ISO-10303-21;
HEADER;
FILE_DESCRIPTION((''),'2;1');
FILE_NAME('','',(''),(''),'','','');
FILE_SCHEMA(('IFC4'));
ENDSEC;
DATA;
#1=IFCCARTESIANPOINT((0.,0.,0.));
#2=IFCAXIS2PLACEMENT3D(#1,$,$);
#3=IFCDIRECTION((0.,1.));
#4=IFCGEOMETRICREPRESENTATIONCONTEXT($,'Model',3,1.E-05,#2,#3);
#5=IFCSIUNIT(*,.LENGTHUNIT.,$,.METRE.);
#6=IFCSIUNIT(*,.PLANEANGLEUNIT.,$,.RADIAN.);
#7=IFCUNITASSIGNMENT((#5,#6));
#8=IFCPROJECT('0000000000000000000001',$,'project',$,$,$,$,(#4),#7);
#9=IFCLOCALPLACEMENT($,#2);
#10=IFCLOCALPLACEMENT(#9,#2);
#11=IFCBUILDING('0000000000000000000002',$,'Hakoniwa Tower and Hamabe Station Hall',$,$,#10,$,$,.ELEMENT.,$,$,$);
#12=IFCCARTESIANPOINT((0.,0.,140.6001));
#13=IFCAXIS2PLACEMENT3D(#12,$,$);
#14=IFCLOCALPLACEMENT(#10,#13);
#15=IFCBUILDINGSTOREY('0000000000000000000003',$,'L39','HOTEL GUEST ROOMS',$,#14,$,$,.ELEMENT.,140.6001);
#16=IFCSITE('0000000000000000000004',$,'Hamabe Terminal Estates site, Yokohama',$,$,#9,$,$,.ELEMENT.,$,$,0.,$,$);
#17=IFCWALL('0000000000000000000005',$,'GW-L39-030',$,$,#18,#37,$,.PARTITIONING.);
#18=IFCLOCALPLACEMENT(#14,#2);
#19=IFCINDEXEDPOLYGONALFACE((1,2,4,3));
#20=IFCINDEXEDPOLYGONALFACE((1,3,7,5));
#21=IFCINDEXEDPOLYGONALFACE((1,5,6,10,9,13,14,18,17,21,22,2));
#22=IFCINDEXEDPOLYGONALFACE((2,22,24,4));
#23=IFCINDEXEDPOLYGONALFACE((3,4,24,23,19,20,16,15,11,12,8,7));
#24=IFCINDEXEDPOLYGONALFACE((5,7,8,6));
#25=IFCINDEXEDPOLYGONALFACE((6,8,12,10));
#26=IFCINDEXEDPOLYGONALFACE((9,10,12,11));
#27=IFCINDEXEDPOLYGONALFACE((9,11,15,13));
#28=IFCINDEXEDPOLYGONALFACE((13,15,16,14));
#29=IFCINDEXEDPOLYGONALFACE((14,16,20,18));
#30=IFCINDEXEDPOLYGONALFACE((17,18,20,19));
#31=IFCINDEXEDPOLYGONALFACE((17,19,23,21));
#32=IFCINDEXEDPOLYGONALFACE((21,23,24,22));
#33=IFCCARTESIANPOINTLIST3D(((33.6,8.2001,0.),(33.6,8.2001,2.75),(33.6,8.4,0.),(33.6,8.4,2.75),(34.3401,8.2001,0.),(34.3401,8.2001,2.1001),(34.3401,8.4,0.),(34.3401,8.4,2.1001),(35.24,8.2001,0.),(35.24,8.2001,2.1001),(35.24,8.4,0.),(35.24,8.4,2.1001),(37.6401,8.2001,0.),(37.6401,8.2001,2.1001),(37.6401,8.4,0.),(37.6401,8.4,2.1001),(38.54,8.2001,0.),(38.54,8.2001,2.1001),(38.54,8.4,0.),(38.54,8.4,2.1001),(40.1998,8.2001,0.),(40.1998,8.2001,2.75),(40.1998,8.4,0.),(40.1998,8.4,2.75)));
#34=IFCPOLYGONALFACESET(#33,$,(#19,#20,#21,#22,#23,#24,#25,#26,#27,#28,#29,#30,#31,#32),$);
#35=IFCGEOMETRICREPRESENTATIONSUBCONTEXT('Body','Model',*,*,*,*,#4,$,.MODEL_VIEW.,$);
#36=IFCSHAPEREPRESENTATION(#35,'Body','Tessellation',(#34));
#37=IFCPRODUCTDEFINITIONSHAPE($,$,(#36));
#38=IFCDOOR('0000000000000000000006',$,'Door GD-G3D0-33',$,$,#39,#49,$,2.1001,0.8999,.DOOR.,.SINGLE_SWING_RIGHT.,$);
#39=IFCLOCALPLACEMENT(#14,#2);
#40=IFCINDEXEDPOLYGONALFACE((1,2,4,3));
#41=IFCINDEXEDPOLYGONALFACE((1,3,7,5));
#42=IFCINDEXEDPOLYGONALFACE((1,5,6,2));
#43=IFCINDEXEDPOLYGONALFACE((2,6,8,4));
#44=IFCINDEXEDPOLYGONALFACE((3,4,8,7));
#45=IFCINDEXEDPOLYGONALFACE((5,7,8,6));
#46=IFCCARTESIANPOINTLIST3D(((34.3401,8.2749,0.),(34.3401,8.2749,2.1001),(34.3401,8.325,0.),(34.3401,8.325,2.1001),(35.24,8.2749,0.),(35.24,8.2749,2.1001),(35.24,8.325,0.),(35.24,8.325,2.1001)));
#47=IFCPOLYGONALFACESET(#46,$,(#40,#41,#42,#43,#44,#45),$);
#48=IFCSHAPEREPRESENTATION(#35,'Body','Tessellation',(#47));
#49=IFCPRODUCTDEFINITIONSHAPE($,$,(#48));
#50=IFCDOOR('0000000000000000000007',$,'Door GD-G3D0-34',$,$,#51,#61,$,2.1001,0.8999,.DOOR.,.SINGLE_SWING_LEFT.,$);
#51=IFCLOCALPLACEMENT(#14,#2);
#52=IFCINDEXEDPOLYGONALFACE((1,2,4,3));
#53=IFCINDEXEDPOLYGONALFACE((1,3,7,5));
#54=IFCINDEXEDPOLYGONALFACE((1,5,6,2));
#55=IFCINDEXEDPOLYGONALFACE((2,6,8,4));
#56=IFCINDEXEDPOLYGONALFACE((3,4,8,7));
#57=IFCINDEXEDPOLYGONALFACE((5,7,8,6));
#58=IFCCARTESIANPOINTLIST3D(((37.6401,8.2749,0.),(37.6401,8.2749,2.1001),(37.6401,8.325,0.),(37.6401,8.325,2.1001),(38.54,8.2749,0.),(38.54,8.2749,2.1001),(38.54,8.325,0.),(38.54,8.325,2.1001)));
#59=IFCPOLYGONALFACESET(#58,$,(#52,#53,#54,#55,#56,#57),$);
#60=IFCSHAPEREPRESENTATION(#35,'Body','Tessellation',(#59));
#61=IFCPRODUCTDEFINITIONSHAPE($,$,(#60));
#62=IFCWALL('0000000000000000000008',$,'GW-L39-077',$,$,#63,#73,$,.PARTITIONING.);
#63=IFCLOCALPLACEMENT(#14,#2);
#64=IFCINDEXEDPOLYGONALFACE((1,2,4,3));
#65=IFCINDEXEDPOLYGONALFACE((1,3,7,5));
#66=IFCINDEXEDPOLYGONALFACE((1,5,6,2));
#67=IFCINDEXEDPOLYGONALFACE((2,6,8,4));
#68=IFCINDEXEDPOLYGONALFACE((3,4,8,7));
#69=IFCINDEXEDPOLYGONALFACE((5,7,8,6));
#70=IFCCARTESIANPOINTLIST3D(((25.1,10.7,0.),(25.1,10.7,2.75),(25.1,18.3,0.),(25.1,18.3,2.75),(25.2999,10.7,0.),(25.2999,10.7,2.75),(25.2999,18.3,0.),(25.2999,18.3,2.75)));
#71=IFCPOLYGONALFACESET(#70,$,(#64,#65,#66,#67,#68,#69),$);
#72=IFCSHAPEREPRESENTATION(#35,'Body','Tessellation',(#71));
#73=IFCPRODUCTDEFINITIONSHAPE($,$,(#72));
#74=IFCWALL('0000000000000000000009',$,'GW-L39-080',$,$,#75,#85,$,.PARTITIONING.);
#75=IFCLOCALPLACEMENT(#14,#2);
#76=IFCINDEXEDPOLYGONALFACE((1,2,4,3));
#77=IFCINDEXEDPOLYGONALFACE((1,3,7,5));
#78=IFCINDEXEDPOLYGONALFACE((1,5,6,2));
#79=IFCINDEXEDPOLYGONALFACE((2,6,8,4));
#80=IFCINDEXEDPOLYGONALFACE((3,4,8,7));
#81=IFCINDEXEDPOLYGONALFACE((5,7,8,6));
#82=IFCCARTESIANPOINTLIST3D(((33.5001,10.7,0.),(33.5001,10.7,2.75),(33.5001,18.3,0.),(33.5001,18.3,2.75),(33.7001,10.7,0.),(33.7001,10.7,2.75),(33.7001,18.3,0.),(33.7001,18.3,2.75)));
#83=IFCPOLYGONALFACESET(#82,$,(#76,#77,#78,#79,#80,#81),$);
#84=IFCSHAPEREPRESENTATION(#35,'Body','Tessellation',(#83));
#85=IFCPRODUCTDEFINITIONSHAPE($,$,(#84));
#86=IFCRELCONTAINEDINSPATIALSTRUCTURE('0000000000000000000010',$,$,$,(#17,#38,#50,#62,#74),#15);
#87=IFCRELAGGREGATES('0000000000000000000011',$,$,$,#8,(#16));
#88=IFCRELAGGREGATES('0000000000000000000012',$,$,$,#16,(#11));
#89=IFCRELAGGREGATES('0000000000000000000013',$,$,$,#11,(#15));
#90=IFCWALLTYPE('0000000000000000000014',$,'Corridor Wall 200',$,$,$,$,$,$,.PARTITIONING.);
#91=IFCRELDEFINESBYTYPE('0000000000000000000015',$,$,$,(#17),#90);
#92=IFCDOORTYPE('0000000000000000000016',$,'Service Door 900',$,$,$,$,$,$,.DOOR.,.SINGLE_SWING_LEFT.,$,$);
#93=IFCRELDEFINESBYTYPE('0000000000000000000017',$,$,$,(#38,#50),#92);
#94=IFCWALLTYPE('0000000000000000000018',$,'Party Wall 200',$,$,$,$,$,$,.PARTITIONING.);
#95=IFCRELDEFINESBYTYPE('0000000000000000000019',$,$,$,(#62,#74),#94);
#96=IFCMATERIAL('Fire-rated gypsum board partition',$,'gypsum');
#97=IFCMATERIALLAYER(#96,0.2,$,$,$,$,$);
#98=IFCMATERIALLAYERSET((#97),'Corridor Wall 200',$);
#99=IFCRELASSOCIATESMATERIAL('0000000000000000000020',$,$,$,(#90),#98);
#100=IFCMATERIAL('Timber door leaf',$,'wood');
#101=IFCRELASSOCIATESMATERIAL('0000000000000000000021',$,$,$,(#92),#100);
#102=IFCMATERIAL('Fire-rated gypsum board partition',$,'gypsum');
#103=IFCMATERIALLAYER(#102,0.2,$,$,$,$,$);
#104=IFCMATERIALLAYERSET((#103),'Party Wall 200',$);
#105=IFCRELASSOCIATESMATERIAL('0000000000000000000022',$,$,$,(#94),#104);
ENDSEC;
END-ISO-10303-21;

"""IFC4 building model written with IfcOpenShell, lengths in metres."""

from ifc_helpers import new_model, si_unit, direction, frame, frame_2d, origin, place, context, subcontext, project, spatial, rectangle, extrude, material, layer, layer_set, type_object, element, fill, save


model = new_model("IFC4")

# Units and contexts
model_context = context("Model", 3, precision=1e-05, world=origin(), true_north=direction((0.0, 1.0)))
body_context = subcontext(model_context, "Body", "Model", "MODEL_VIEW")
ifc_project = project(units=[si_unit("LENGTHUNIT", "METRE"), si_unit("PLANEANGLEUNIT", "RADIAN")], contexts=[model_context])

# Site, building, storey
site_placement = place(None, origin())
site = spatial("IfcSite", under=ifc_project, at=site_placement, Name="Hamabe Terminal Estates site, Yokohama", CompositionType="ELEMENT", RefElevation=0.0)
building_placement = place(site_placement, origin())
building = spatial("IfcBuilding", under=site, at=building_placement, Name="Hakoniwa Tower and Hamabe Station Hall", CompositionType="ELEMENT")
storey_placement = place(building_placement, frame((0.0, 0.0, 140.6001)))
storey = spatial("IfcBuildingStorey", under=building, at=storey_placement, Name="L39", Description="HOTEL GUEST ROOMS", CompositionType="ELEMENT", Elevation=140.6001)

# Wall, openings, doors
ifc_material_1 = material(Name="Fire-rated gypsum board partition", Category="gypsum")
ifc_layer_1 = layer(ifc_material_1, 0.2)
ifc_layer_set_1 = layer_set([ifc_layer_1], Name="Corridor Wall 200")
wall_type_1 = type_object("IfcWallType", Name="Corridor Wall 200", PredefinedType="PARTITIONING", material=ifc_layer_set_1)
wall_1_placement = place(storey_placement, frame((33.6001, 8.3, 0.0), z_axis=(0.0, 0.0, 1.0), x_axis=(1.0, 0.0, 0.0)))
wall_1 = element("IfcWall", 1, at=wall_1_placement, inside=storey, type_object=wall_type_1, Name="GW-L39-030", PredefinedType="PARTITIONING", context=body_context, shape_type="SweptSolid", body=[
    extrude(rectangle(XDim=6.5999, YDim=0.2, at=frame_2d((3.2998, 0.0))), origin(), (0.0, 0.0, 1.0), 2.75),
])
opening_1_placement = place(wall_1_placement, frame((0.74, 0.0, 0.0)))
opening_1 = element("IfcOpeningElement", 2, at=opening_1_placement, cuts=wall_1, PredefinedType="OPENING", context=body_context, shape_type="SweptSolid", body=[
    extrude(rectangle(XDim=0.8999, YDim=2.1001, at=frame_2d((0.45, 1.05))), frame((0.0, 0.1099, 0.0), z_axis=(0.0, -1.0, 0.0), x_axis=(1.0, 0.0, 0.0)), (0.0, 0.0, 1.0), 0.22),
])
opening_2_placement = place(wall_1_placement, frame((4.04, 0.0, 0.0)))
opening_2 = element("IfcOpeningElement", 3, at=opening_2_placement, cuts=wall_1, PredefinedType="OPENING", context=body_context, shape_type="SweptSolid", body=[
    extrude(rectangle(XDim=0.8999, YDim=2.1001, at=frame_2d((0.45, 1.05))), frame((0.0, 0.1099, 0.0), z_axis=(0.0, -1.0, 0.0), x_axis=(1.0, 0.0, 0.0)), (0.0, 0.0, 1.0), 0.22),
])
ifc_material_2 = material(Name="Timber door leaf", Category="wood")
door_type = type_object("IfcDoorType", Name="Service Door 900", OperationType="SINGLE_SWING_LEFT", PredefinedType="DOOR", material=ifc_material_2)
door_1_placement = place(opening_1_placement, origin())
door_1 = element("IfcDoor", 4, at=door_1_placement, inside=storey, type_object=door_type, Name="Door GD-G3D0-33", OperationType="SINGLE_SWING_RIGHT", OverallHeight=2.1001, OverallWidth=0.8999, PredefinedType="DOOR", context=body_context, shape_type="SweptSolid", body=[
    extrude(rectangle(XDim=0.8999, YDim=2.1001, at=frame_2d((0.45, 1.05))), frame((0.0, 0.0249, 0.0), z_axis=(0.0, -1.0, 0.0), x_axis=(1.0, 0.0, 0.0)), (0.0, 0.0, 1.0), 0.05),
])
fill(opening_1, door_1)
door_2_placement = place(opening_2_placement, origin())
door_2 = element("IfcDoor", 5, at=door_2_placement, inside=storey, type_object=door_type, Name="Door GD-G3D0-34", OperationType="SINGLE_SWING_LEFT", OverallHeight=2.1001, OverallWidth=0.8999, PredefinedType="DOOR", context=body_context, shape_type="SweptSolid", body=[
    extrude(rectangle(XDim=0.8999, YDim=2.1001, at=frame_2d((0.45, 1.05))), frame((0.0, 0.0249, 0.0), z_axis=(0.0, -1.0, 0.0), x_axis=(1.0, 0.0, 0.0)), (0.0, 0.0, 1.0), 0.05),
])
fill(opening_2, door_2)

# Walls
ifc_material_3 = material(Name="Fire-rated gypsum board partition", Category="gypsum")
ifc_layer_2 = layer(ifc_material_3, 0.2)
ifc_layer_set_2 = layer_set([ifc_layer_2], Name="Party Wall 200")
wall_type_2 = type_object("IfcWallType", Name="Party Wall 200", PredefinedType="PARTITIONING", material=ifc_layer_set_2)
for number, where, z_axis, x_axis, name in (
    (6, (25.2, 10.7, 0.0), (0.0, 0.0, 1.0), (0.0, 1.0, 0.0), "GW-L39-077"),
    (7, (33.6001, 10.7, 0.0), (0.0, 0.0, 1.0), (0.0, 1.0, 0.0), "GW-L39-080"),
):
    element("IfcWall", number, at=place(storey_placement, frame(where, z_axis=z_axis, x_axis=x_axis)), inside=storey, type_object=wall_type_2, Name=name, PredefinedType="PARTITIONING", context=body_context, shape_type="SweptSolid", body=[
        extrude(rectangle(XDim=7.6001, YDim=0.2, at=frame_2d((3.8, 0.0))), origin(), (0.0, 0.0, 1.0), 2.75),
    ])

save(model, "model.ifc")
